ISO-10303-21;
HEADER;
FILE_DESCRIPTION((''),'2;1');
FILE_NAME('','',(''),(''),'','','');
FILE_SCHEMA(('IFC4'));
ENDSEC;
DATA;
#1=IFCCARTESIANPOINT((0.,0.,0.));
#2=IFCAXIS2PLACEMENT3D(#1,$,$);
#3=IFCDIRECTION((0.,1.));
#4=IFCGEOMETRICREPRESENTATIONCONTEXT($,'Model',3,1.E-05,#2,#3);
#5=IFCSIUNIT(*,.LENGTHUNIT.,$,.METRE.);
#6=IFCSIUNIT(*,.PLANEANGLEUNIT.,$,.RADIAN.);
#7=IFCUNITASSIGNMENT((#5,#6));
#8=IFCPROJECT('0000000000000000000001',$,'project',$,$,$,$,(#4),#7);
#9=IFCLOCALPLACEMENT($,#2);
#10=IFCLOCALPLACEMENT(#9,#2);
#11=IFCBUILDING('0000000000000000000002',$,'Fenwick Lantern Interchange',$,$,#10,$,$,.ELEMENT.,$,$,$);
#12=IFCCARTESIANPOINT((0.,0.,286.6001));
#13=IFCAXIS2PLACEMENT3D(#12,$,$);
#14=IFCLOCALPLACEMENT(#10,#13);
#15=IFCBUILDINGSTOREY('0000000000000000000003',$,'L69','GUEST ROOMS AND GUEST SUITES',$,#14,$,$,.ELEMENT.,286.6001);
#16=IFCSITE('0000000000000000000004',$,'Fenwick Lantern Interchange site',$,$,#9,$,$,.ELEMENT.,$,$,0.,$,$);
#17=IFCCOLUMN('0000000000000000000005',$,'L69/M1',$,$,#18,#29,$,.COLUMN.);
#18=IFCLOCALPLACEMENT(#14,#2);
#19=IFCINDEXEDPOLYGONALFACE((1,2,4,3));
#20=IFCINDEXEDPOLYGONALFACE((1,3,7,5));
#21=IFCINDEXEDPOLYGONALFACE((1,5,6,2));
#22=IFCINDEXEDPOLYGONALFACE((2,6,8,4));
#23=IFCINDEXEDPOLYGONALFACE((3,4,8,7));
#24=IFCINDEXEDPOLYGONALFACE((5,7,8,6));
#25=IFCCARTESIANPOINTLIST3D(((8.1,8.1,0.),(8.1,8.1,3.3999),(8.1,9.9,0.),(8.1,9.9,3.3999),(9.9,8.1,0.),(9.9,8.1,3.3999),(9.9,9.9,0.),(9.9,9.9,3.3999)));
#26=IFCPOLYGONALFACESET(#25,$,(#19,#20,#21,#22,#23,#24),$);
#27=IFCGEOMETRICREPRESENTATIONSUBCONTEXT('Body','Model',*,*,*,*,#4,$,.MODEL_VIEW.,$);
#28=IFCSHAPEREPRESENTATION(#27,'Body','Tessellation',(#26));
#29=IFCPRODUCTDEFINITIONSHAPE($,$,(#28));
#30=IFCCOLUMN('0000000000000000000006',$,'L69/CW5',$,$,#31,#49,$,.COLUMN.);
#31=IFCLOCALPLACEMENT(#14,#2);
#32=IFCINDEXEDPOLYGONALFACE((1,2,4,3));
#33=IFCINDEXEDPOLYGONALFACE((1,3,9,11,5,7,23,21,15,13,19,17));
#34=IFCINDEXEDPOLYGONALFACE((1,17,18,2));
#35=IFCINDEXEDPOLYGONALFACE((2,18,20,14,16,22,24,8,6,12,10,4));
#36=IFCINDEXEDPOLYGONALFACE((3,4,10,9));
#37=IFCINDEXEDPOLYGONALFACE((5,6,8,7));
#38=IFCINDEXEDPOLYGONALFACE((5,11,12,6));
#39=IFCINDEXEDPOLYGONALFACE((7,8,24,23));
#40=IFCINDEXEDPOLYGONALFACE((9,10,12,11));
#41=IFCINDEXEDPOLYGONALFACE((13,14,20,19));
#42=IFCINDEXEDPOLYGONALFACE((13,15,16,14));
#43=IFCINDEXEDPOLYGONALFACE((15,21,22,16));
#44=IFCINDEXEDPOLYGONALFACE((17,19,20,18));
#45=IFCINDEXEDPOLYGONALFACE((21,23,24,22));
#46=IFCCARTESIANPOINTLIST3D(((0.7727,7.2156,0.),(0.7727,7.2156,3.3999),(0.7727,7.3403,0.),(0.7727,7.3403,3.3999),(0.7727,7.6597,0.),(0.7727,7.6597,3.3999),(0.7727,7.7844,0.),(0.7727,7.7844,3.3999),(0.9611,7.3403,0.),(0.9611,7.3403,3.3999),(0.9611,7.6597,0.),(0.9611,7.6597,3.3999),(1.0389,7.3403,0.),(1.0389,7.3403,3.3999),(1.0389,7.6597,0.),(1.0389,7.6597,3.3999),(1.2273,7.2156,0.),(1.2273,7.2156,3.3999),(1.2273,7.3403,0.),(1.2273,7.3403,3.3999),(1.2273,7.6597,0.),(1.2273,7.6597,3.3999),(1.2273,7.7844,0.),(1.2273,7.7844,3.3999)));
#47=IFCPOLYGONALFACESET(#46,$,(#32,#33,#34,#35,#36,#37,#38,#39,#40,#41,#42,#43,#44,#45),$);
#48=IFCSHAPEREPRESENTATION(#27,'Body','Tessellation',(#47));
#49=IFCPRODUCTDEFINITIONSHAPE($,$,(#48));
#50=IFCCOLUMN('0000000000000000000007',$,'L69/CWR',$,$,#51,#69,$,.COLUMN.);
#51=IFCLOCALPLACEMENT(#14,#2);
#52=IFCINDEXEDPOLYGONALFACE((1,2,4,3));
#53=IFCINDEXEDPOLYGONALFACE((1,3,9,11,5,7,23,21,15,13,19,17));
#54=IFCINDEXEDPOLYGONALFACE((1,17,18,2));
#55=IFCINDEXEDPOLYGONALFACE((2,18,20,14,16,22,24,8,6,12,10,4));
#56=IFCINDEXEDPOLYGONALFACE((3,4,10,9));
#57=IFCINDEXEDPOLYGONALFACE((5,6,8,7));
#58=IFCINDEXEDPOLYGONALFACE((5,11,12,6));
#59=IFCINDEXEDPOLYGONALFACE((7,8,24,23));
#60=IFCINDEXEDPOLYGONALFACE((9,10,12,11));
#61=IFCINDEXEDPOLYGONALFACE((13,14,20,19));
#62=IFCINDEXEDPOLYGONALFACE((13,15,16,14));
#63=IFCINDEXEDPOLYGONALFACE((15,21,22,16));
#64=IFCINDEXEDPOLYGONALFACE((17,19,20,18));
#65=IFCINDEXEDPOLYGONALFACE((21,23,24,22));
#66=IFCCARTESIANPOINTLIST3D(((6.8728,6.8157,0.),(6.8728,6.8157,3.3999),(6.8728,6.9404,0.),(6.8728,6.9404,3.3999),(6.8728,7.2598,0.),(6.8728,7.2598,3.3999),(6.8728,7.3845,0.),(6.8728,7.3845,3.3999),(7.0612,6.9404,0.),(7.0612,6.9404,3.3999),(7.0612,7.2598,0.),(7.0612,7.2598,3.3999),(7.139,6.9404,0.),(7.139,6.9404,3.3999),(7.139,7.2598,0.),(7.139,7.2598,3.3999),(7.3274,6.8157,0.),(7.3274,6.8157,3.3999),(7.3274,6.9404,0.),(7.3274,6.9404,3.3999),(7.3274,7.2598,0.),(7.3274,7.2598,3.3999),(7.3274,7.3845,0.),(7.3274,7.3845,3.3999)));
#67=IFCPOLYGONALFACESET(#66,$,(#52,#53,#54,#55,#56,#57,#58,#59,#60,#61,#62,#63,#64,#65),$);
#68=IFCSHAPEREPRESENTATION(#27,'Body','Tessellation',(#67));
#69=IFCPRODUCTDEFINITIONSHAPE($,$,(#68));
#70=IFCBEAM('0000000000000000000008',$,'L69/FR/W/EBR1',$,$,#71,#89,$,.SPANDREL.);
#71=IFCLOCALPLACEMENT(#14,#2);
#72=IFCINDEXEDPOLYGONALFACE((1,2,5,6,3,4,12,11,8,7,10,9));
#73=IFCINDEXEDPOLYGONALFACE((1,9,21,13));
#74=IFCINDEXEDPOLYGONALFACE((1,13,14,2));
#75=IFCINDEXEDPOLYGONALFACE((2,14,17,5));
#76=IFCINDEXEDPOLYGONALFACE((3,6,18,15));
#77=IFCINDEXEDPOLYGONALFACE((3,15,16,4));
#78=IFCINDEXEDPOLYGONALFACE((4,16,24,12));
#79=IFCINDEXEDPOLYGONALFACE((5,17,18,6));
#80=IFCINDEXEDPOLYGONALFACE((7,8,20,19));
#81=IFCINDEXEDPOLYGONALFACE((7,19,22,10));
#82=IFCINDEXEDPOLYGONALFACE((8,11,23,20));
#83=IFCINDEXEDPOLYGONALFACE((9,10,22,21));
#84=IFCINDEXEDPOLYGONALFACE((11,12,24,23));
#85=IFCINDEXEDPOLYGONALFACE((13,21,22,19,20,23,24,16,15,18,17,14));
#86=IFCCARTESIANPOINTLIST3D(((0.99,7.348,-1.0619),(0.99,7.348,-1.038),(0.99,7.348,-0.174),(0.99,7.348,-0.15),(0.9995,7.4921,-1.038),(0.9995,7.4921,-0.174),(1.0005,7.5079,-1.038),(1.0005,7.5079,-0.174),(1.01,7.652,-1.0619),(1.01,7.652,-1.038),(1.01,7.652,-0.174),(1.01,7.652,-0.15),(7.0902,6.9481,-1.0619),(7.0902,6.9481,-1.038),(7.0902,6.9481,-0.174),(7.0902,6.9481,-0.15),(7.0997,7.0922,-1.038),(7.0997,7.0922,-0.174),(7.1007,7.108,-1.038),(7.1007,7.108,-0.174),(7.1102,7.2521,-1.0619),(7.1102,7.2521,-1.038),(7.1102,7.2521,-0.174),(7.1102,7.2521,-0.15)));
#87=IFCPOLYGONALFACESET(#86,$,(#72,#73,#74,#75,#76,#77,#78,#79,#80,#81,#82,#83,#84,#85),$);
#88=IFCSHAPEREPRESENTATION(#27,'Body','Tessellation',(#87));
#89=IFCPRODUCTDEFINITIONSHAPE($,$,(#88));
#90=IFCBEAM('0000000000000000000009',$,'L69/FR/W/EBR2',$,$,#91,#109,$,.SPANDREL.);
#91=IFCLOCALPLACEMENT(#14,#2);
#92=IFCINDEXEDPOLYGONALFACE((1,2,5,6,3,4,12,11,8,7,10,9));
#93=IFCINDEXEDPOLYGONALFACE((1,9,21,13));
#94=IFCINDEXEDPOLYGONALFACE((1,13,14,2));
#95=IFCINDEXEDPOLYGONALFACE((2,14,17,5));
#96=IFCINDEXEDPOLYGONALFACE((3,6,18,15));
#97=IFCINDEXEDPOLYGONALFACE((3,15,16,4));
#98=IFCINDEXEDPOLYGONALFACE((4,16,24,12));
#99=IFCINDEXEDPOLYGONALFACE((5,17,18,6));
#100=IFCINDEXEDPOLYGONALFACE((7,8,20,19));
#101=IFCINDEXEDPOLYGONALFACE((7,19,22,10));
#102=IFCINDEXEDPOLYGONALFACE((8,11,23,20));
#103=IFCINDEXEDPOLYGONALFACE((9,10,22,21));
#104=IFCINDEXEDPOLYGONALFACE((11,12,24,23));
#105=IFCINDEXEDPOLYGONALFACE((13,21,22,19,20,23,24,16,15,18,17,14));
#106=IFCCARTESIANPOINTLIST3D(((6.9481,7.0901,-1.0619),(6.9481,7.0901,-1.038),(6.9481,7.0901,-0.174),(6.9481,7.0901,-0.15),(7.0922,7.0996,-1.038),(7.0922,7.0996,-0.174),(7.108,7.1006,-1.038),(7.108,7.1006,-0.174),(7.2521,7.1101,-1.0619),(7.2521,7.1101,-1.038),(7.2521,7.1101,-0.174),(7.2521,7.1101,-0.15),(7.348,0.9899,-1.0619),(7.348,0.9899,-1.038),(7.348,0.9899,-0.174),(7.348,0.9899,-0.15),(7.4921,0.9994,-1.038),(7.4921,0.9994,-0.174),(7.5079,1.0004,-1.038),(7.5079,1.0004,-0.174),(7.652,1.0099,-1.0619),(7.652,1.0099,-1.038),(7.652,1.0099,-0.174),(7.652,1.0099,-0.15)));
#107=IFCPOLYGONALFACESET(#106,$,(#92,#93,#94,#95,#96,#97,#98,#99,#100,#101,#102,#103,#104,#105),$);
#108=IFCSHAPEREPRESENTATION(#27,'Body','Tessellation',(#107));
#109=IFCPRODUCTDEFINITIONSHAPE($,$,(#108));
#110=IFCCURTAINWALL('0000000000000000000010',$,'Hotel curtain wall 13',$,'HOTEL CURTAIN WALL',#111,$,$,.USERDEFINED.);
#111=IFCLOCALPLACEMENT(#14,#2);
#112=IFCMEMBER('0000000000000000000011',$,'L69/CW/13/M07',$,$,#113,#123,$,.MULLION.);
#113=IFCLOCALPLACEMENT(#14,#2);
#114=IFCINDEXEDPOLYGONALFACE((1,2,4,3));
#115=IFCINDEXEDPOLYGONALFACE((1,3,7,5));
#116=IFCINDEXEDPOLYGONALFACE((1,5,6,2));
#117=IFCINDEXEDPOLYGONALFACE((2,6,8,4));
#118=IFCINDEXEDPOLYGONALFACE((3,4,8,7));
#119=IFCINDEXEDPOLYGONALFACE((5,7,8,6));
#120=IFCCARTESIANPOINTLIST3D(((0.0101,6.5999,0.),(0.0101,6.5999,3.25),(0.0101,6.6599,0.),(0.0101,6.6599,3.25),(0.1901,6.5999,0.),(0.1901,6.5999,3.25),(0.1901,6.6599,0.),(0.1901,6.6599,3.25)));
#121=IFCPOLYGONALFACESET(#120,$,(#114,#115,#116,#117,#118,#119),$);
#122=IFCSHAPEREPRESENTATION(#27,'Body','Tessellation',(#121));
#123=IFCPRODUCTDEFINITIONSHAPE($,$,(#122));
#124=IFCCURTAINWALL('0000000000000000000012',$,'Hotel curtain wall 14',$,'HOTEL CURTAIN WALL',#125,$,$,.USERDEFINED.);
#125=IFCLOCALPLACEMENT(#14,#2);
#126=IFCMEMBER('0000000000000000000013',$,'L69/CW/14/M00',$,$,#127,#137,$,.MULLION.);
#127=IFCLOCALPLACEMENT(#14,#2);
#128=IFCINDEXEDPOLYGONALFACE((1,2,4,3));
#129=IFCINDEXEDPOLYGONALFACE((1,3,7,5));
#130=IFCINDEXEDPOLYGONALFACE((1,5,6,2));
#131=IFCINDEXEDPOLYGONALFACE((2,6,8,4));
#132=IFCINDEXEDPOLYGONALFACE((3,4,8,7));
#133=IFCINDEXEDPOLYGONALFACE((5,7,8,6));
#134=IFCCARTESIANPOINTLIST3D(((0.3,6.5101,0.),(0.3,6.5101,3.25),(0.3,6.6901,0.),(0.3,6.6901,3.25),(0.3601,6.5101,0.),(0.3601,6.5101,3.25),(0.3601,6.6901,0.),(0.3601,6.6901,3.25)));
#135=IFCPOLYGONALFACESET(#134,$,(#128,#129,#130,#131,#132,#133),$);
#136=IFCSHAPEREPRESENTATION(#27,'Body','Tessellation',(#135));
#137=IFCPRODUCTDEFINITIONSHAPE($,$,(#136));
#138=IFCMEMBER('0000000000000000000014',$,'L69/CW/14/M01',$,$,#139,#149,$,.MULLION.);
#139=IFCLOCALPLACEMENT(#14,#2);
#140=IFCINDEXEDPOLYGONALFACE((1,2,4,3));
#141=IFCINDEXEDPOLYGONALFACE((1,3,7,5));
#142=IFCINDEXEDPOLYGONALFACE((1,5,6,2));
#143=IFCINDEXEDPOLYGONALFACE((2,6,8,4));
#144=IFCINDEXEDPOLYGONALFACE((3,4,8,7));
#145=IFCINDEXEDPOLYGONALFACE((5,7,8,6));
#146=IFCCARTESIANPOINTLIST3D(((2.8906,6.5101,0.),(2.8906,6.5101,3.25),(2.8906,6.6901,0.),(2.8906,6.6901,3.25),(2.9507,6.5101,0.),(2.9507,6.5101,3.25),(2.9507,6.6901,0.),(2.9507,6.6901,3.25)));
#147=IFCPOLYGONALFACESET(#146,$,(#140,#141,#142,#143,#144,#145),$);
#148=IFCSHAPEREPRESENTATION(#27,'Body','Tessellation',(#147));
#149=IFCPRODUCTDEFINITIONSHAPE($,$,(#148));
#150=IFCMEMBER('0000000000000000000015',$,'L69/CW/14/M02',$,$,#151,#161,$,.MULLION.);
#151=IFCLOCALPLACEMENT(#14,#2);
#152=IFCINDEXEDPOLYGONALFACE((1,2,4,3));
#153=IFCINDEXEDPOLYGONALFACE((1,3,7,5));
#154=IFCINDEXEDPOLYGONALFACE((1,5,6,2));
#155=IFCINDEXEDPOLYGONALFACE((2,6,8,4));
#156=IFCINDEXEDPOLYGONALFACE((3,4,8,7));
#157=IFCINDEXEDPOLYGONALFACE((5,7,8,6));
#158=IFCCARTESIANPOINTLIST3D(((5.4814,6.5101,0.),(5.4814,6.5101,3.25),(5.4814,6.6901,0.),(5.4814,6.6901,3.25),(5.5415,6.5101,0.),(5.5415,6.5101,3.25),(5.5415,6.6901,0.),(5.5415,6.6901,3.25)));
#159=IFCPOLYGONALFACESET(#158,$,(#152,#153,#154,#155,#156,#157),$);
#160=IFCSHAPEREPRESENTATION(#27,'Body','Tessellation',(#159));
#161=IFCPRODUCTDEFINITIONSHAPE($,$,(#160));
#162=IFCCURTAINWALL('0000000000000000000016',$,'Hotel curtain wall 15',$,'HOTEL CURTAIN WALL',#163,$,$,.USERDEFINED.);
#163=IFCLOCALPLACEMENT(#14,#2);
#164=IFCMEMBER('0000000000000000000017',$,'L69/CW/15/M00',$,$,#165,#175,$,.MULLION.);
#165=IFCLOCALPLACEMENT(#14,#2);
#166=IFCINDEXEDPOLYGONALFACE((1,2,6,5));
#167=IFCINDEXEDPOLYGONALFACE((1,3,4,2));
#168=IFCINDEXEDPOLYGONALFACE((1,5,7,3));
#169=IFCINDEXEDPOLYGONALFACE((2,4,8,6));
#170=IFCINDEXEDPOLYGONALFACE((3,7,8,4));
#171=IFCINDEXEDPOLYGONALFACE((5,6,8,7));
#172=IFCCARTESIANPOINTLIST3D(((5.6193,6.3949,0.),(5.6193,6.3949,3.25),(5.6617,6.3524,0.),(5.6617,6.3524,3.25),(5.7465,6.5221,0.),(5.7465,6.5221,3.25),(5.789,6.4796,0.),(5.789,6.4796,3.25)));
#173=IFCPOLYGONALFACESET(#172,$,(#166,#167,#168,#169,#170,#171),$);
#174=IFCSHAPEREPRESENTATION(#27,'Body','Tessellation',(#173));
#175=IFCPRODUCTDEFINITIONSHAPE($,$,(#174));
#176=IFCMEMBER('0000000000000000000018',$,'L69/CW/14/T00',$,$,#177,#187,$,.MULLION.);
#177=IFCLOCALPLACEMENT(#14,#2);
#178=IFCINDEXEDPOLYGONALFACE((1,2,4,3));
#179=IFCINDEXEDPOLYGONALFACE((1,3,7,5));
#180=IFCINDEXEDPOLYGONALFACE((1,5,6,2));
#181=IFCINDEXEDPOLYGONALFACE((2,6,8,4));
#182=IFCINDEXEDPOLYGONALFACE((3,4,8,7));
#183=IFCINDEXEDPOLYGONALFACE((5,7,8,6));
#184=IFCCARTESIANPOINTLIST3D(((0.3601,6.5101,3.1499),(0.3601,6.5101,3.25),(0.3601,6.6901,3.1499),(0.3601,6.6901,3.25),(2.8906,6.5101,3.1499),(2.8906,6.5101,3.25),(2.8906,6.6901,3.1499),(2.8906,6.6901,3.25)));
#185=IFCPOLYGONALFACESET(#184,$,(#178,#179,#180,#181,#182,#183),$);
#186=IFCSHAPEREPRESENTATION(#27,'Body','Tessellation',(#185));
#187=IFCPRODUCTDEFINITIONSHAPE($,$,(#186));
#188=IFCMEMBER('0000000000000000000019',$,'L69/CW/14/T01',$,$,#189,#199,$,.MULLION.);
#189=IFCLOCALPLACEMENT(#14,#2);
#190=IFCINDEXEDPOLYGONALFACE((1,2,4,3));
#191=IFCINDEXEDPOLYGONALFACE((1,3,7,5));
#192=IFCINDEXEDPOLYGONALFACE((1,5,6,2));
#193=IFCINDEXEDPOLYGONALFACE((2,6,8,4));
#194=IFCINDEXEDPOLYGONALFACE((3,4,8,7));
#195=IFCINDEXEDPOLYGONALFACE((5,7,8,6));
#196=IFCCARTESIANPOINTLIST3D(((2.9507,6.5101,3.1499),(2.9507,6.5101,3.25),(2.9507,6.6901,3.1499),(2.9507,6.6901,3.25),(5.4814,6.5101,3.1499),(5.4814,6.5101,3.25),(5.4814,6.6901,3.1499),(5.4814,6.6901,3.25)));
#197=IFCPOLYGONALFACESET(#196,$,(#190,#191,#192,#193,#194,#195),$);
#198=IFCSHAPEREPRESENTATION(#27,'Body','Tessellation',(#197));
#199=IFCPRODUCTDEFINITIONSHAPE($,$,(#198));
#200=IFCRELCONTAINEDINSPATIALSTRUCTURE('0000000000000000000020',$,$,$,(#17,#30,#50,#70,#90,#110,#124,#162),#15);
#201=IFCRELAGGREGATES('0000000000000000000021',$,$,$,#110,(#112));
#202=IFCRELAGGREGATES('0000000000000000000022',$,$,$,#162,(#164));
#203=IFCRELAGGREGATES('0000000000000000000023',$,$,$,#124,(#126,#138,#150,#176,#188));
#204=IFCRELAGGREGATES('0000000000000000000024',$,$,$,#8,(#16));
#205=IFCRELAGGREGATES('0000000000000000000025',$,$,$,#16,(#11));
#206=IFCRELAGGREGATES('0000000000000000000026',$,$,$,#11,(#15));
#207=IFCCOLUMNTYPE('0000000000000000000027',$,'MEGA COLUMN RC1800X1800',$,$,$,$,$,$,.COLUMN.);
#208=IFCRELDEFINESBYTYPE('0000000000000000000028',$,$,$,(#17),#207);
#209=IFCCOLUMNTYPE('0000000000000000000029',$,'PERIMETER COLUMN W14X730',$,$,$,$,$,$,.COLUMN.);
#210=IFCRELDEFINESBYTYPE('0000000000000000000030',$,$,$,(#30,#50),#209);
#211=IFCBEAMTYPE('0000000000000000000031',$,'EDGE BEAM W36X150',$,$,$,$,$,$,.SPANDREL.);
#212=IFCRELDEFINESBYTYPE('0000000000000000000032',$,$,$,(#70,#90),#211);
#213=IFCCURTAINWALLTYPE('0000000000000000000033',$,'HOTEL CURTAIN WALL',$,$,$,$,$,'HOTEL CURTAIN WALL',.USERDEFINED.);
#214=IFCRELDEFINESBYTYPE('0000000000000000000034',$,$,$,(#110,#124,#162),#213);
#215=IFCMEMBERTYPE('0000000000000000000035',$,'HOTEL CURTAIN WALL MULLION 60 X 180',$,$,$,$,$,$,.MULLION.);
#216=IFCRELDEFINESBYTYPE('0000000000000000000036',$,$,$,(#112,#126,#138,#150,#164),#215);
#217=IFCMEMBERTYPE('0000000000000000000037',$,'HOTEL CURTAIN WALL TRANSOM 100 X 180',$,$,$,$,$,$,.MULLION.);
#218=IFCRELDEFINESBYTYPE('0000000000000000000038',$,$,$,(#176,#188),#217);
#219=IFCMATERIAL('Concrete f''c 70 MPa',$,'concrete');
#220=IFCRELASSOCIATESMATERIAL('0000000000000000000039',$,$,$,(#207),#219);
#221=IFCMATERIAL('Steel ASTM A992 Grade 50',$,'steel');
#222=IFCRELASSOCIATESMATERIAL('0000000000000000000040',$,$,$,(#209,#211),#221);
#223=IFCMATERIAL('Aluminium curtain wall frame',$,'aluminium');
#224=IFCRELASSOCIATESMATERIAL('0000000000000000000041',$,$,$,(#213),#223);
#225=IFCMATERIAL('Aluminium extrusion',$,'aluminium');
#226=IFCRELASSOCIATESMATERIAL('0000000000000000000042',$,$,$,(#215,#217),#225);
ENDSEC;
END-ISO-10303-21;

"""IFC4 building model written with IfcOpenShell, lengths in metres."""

from ifc_helpers import new_model, si_unit, direction, frame, origin, origin_2d, place, context, subcontext, project, spatial, rectangle, i_section, extrude, material, material_profile, profile_set, type_object, element, aggregate, save


model = new_model("IFC4")

# Units and contexts
model_context = context("Model", 3, precision=1e-05, world=origin(), true_north=direction((0.0, 1.0)))
body_context = subcontext(model_context, "Body", "Model", "MODEL_VIEW")
ifc_project = project(units=[si_unit("LENGTHUNIT", "METRE"), si_unit("PLANEANGLEUNIT", "RADIAN")], contexts=[model_context])

# Site, building, storey
site_placement = place(None, origin())
site = spatial("IfcSite", under=ifc_project, at=site_placement, Name="Fenwick Lantern Interchange site", CompositionType="ELEMENT", RefElevation=0.0)
building_placement = place(site_placement, origin())
building = spatial("IfcBuilding", under=site, at=building_placement, Name="Fenwick Lantern Interchange", CompositionType="ELEMENT")
storey_placement = place(building_placement, frame((0.0, 0.0, 286.6001)))
storey = spatial("IfcBuildingStorey", under=building, at=storey_placement, Name="L69", Description="GUEST ROOMS AND GUEST SUITES", CompositionType="ELEMENT", Elevation=286.6001)

# Columns
ifc_material_1 = material(Name="Concrete f'c 70 MPa", Category="concrete")
ifc_material_profile_1 = material_profile(ifc_material_1, rectangle(XDim=1.8, YDim=1.8, at=origin_2d()), Name="RC1800X1800")
ifc_profile_set_1 = profile_set([ifc_material_profile_1], Name="Concrete f'c 70 MPa")
column_type_1 = type_object("IfcColumnType", Name="MEGA COLUMN RC1800X1800", PredefinedType="COLUMN", material=ifc_profile_set_1)
column_placement = place(storey_placement, frame((9.0, 9.0, 0.0), z_axis=(0.0, 0.0, 1.0), x_axis=(1.0, 0.0, 0.0)))
element("IfcColumn", 1, at=column_placement, inside=storey, type_object=column_type_1, Name="L69/M1", PredefinedType="COLUMN", context=body_context, shape_type="SweptSolid", body=[
    extrude(rectangle(XDim=1.8, YDim=1.8, at=origin_2d()), origin(), (0.0, 0.0, 1.0), 3.3999),
])
ifc_material_2 = material(Name="Steel ASTM A992 Grade 50", Category="steel")
ifc_material_profile_2 = material_profile(ifc_material_2, i_section(OverallWidth=0.4546, OverallDepth=0.5688, WebThickness=0.0779, FlangeThickness=0.1248, at=origin_2d()), Name="W14X730")
ifc_profile_set_2 = profile_set([ifc_material_profile_2], Name="Steel ASTM A992 Grade 50")
column_type_2 = type_object("IfcColumnType", Name="PERIMETER COLUMN W14X730", PredefinedType="COLUMN", material=ifc_profile_set_2)
for number, where, z_axis, x_axis, name in (
    (2, (1.0, 7.5, 0.0), (0.0, 0.0, 1.0), (1.0, 0.0, 0.0), "L69/CW5"),
    (3, (7.1001, 7.1001, 0.0), (0.0, 0.0, 1.0), (1.0, 0.0, 0.0), "L69/CWR"),
):
    element("IfcColumn", number, at=place(storey_placement, frame(where, z_axis=z_axis, x_axis=x_axis)), inside=storey, type_object=column_type_2, Name=name, PredefinedType="COLUMN", context=body_context, shape_type="SweptSolid", body=[
        extrude(i_section(OverallWidth=0.4546, OverallDepth=0.5688, WebThickness=0.0779, FlangeThickness=0.1248, at=origin_2d()), origin(), (0.0, 0.0, 1.0), 3.3999),
    ])

# Beams
ifc_material_profile_3 = material_profile(ifc_material_2, i_section(OverallWidth=0.3047, OverallDepth=0.9119, WebThickness=0.0159, FlangeThickness=0.0239, at=origin_2d()), Name="W36X150")
ifc_profile_set_3 = profile_set([ifc_material_profile_3], Name="Steel ASTM A992 Grade 50")
beam_type_1 = type_object("IfcBeamType", Name="EDGE BEAM W36X150", PredefinedType="SPANDREL", material=ifc_profile_set_3)
for number, where, z_axis, x_axis, name in (
    (4, (1.0, 7.5, -0.606), (0.997858, -0.065416, 0.0), (0.065416, 0.997858, 0.0), "L69/FR/W/EBR1"),
    (5, (7.1001, 7.1001, -0.606), (0.065416, -0.997858, 0.0), (0.997858, 0.065416, 0.0), "L69/FR/W/EBR2"),
):
    element("IfcBeam", number, at=place(storey_placement, frame(where, z_axis=z_axis, x_axis=x_axis)), inside=storey, type_object=beam_type_1, Name=name, PredefinedType="SPANDREL", context=body_context, shape_type="SweptSolid", body=[
        extrude(i_section(OverallWidth=0.3047, OverallDepth=0.9119, WebThickness=0.0159, FlangeThickness=0.0239, at=origin_2d()), origin(), (0.0, 0.0, 1.0), 6.1133),
    ])

# Curtain wall, member
ifc_material_3 = material(Name="Aluminium curtain wall frame", Category="aluminium")
curtain_wall_type = type_object("IfcCurtainWallType", Name="HOTEL CURTAIN WALL", ElementType="HOTEL CURTAIN WALL", PredefinedType="USERDEFINED", material=ifc_material_3)
curtain_wall_1_placement = place(storey_placement, origin())
curtain_wall_1 = element("IfcCurtainWall", 6, at=curtain_wall_1_placement, inside=storey, type_object=curtain_wall_type, Name="Hotel curtain wall 13", ObjectType="HOTEL CURTAIN WALL", PredefinedType="USERDEFINED")
ifc_material_4 = material(Name="Aluminium extrusion", Category="aluminium")
ifc_material_profile_4 = material_profile(ifc_material_4, rectangle(XDim=0.1799, YDim=0.0601, at=origin_2d()), Name="HOTEL CURTAIN WALL MULLION 60 X 180")
ifc_profile_set_4 = profile_set([ifc_material_profile_4], Name="Aluminium extrusion")
member_type_1 = type_object("IfcMemberType", Name="HOTEL CURTAIN WALL MULLION 60 X 180", PredefinedType="MULLION", material=ifc_profile_set_4)
member_1_placement = place(storey_placement, frame((0.1001, 6.6299, 0.0), z_axis=(0.0, 0.0, 1.0), x_axis=(1.0, 0.0, 0.0)))
member_1 = element("IfcMember", 7, at=member_1_placement, type_object=member_type_1, Name="L69/CW/13/M07", PredefinedType="MULLION", context=body_context, shape_type="SweptSolid", body=[
    extrude(rectangle(XDim=0.1799, YDim=0.0601, at=origin_2d()), origin(), (0.0, 0.0, 1.0), 3.25),
])
aggregate(curtain_wall_1, [member_1])

# Curtain wall, members
curtain_wall_2_placement = place(storey_placement, origin())
curtain_wall_2 = element("IfcCurtainWall", 8, at=curtain_wall_2_placement, inside=storey, type_object=curtain_wall_type, Name="Hotel curtain wall 14", ObjectType="HOTEL CURTAIN WALL", PredefinedType="USERDEFINED")
member_2_placement = place(storey_placement, frame((0.3301, 6.6001, 0.0), z_axis=(0.0, 0.0, 1.0), x_axis=(0.0, 1.0, 0.0)))
member_2 = element("IfcMember", 9, at=member_2_placement, type_object=member_type_1, Name="L69/CW/14/M00", PredefinedType="MULLION", context=body_context, shape_type="SweptSolid", body=[
    extrude(rectangle(XDim=0.1799, YDim=0.0601, at=origin_2d()), origin(), (0.0, 0.0, 1.0), 3.25),
])
member_3_placement = place(storey_placement, frame((2.9207, 6.6001, 0.0), z_axis=(0.0, 0.0, 1.0), x_axis=(0.0, 1.0, 0.0)))
member_3 = element("IfcMember", 10, at=member_3_placement, type_object=member_type_1, Name="L69/CW/14/M01", PredefinedType="MULLION", context=body_context, shape_type="SweptSolid", body=[
    extrude(rectangle(XDim=0.1799, YDim=0.0601, at=origin_2d()), origin(), (0.0, 0.0, 1.0), 3.25),
])
member_4_placement = place(storey_placement, frame((5.5115, 6.6001, 0.0), z_axis=(0.0, 0.0, 1.0), x_axis=(0.0, 1.0, 0.0)))
member_4 = element("IfcMember", 11, at=member_4_placement, type_object=member_type_1, Name="L69/CW/14/M02", PredefinedType="MULLION", context=body_context, shape_type="SweptSolid", body=[
    extrude(rectangle(XDim=0.1799, YDim=0.0601, at=origin_2d()), origin(), (0.0, 0.0, 1.0), 3.25),
])

# Curtain wall, member
curtain_wall_3_placement = place(storey_placement, origin())
curtain_wall_3 = element("IfcCurtainWall", 12, at=curtain_wall_3_placement, inside=storey, type_object=curtain_wall_type, Name="Hotel curtain wall 15", ObjectType="HOTEL CURTAIN WALL", PredefinedType="USERDEFINED")
member_5_placement = place(storey_placement, frame((5.7041, 6.4373, 0.0), z_axis=(0.0, 0.0, 1.0), x_axis=(0.707107, 0.707107, 0.0)))
member_5 = element("IfcMember", 13, at=member_5_placement, type_object=member_type_1, Name="L69/CW/15/M00", PredefinedType="MULLION", context=body_context, shape_type="SweptSolid", body=[
    extrude(rectangle(XDim=0.1799, YDim=0.0601, at=origin_2d()), origin(), (0.0, 0.0, 1.0), 3.25),
])
aggregate(curtain_wall_3, [member_5])

# Members
ifc_material_profile_5 = material_profile(ifc_material_4, rectangle(XDim=0.1799, YDim=0.1001, at=origin_2d()), Name="HOTEL CURTAIN WALL TRANSOM 100 X 180")
ifc_profile_set_5 = profile_set([ifc_material_profile_5], Name="Aluminium extrusion")
member_type_2 = type_object("IfcMemberType", Name="HOTEL CURTAIN WALL TRANSOM 100 X 180", PredefinedType="MULLION", material=ifc_profile_set_5)
member_6_placement = place(storey_placement, frame((0.3601, 6.6001, 3.2), z_axis=(1.0, 0.0, 0.0), x_axis=(0.0, 1.0, 0.0)))
member_6 = element("IfcMember", 14, at=member_6_placement, type_object=member_type_2, Name="L69/CW/14/T00", PredefinedType="MULLION", context=body_context, shape_type="SweptSolid", body=[
    extrude(rectangle(XDim=0.1799, YDim=0.1001, at=origin_2d()), origin(), (0.0, 0.0, 1.0), 2.5305),
])
member_7_placement = place(storey_placement, frame((2.9507, 6.6001, 3.2), z_axis=(1.0, 0.0, 0.0), x_axis=(0.0, 1.0, 0.0)))
member_7 = element("IfcMember", 15, at=member_7_placement, type_object=member_type_2, Name="L69/CW/14/T01", PredefinedType="MULLION", context=body_context, shape_type="SweptSolid", body=[
    extrude(rectangle(XDim=0.1799, YDim=0.1001, at=origin_2d()), origin(), (0.0, 0.0, 1.0), 2.5308),
])

aggregate(curtain_wall_2, [member_2, member_3, member_4, member_6, member_7])

save(model, "model.ifc")
